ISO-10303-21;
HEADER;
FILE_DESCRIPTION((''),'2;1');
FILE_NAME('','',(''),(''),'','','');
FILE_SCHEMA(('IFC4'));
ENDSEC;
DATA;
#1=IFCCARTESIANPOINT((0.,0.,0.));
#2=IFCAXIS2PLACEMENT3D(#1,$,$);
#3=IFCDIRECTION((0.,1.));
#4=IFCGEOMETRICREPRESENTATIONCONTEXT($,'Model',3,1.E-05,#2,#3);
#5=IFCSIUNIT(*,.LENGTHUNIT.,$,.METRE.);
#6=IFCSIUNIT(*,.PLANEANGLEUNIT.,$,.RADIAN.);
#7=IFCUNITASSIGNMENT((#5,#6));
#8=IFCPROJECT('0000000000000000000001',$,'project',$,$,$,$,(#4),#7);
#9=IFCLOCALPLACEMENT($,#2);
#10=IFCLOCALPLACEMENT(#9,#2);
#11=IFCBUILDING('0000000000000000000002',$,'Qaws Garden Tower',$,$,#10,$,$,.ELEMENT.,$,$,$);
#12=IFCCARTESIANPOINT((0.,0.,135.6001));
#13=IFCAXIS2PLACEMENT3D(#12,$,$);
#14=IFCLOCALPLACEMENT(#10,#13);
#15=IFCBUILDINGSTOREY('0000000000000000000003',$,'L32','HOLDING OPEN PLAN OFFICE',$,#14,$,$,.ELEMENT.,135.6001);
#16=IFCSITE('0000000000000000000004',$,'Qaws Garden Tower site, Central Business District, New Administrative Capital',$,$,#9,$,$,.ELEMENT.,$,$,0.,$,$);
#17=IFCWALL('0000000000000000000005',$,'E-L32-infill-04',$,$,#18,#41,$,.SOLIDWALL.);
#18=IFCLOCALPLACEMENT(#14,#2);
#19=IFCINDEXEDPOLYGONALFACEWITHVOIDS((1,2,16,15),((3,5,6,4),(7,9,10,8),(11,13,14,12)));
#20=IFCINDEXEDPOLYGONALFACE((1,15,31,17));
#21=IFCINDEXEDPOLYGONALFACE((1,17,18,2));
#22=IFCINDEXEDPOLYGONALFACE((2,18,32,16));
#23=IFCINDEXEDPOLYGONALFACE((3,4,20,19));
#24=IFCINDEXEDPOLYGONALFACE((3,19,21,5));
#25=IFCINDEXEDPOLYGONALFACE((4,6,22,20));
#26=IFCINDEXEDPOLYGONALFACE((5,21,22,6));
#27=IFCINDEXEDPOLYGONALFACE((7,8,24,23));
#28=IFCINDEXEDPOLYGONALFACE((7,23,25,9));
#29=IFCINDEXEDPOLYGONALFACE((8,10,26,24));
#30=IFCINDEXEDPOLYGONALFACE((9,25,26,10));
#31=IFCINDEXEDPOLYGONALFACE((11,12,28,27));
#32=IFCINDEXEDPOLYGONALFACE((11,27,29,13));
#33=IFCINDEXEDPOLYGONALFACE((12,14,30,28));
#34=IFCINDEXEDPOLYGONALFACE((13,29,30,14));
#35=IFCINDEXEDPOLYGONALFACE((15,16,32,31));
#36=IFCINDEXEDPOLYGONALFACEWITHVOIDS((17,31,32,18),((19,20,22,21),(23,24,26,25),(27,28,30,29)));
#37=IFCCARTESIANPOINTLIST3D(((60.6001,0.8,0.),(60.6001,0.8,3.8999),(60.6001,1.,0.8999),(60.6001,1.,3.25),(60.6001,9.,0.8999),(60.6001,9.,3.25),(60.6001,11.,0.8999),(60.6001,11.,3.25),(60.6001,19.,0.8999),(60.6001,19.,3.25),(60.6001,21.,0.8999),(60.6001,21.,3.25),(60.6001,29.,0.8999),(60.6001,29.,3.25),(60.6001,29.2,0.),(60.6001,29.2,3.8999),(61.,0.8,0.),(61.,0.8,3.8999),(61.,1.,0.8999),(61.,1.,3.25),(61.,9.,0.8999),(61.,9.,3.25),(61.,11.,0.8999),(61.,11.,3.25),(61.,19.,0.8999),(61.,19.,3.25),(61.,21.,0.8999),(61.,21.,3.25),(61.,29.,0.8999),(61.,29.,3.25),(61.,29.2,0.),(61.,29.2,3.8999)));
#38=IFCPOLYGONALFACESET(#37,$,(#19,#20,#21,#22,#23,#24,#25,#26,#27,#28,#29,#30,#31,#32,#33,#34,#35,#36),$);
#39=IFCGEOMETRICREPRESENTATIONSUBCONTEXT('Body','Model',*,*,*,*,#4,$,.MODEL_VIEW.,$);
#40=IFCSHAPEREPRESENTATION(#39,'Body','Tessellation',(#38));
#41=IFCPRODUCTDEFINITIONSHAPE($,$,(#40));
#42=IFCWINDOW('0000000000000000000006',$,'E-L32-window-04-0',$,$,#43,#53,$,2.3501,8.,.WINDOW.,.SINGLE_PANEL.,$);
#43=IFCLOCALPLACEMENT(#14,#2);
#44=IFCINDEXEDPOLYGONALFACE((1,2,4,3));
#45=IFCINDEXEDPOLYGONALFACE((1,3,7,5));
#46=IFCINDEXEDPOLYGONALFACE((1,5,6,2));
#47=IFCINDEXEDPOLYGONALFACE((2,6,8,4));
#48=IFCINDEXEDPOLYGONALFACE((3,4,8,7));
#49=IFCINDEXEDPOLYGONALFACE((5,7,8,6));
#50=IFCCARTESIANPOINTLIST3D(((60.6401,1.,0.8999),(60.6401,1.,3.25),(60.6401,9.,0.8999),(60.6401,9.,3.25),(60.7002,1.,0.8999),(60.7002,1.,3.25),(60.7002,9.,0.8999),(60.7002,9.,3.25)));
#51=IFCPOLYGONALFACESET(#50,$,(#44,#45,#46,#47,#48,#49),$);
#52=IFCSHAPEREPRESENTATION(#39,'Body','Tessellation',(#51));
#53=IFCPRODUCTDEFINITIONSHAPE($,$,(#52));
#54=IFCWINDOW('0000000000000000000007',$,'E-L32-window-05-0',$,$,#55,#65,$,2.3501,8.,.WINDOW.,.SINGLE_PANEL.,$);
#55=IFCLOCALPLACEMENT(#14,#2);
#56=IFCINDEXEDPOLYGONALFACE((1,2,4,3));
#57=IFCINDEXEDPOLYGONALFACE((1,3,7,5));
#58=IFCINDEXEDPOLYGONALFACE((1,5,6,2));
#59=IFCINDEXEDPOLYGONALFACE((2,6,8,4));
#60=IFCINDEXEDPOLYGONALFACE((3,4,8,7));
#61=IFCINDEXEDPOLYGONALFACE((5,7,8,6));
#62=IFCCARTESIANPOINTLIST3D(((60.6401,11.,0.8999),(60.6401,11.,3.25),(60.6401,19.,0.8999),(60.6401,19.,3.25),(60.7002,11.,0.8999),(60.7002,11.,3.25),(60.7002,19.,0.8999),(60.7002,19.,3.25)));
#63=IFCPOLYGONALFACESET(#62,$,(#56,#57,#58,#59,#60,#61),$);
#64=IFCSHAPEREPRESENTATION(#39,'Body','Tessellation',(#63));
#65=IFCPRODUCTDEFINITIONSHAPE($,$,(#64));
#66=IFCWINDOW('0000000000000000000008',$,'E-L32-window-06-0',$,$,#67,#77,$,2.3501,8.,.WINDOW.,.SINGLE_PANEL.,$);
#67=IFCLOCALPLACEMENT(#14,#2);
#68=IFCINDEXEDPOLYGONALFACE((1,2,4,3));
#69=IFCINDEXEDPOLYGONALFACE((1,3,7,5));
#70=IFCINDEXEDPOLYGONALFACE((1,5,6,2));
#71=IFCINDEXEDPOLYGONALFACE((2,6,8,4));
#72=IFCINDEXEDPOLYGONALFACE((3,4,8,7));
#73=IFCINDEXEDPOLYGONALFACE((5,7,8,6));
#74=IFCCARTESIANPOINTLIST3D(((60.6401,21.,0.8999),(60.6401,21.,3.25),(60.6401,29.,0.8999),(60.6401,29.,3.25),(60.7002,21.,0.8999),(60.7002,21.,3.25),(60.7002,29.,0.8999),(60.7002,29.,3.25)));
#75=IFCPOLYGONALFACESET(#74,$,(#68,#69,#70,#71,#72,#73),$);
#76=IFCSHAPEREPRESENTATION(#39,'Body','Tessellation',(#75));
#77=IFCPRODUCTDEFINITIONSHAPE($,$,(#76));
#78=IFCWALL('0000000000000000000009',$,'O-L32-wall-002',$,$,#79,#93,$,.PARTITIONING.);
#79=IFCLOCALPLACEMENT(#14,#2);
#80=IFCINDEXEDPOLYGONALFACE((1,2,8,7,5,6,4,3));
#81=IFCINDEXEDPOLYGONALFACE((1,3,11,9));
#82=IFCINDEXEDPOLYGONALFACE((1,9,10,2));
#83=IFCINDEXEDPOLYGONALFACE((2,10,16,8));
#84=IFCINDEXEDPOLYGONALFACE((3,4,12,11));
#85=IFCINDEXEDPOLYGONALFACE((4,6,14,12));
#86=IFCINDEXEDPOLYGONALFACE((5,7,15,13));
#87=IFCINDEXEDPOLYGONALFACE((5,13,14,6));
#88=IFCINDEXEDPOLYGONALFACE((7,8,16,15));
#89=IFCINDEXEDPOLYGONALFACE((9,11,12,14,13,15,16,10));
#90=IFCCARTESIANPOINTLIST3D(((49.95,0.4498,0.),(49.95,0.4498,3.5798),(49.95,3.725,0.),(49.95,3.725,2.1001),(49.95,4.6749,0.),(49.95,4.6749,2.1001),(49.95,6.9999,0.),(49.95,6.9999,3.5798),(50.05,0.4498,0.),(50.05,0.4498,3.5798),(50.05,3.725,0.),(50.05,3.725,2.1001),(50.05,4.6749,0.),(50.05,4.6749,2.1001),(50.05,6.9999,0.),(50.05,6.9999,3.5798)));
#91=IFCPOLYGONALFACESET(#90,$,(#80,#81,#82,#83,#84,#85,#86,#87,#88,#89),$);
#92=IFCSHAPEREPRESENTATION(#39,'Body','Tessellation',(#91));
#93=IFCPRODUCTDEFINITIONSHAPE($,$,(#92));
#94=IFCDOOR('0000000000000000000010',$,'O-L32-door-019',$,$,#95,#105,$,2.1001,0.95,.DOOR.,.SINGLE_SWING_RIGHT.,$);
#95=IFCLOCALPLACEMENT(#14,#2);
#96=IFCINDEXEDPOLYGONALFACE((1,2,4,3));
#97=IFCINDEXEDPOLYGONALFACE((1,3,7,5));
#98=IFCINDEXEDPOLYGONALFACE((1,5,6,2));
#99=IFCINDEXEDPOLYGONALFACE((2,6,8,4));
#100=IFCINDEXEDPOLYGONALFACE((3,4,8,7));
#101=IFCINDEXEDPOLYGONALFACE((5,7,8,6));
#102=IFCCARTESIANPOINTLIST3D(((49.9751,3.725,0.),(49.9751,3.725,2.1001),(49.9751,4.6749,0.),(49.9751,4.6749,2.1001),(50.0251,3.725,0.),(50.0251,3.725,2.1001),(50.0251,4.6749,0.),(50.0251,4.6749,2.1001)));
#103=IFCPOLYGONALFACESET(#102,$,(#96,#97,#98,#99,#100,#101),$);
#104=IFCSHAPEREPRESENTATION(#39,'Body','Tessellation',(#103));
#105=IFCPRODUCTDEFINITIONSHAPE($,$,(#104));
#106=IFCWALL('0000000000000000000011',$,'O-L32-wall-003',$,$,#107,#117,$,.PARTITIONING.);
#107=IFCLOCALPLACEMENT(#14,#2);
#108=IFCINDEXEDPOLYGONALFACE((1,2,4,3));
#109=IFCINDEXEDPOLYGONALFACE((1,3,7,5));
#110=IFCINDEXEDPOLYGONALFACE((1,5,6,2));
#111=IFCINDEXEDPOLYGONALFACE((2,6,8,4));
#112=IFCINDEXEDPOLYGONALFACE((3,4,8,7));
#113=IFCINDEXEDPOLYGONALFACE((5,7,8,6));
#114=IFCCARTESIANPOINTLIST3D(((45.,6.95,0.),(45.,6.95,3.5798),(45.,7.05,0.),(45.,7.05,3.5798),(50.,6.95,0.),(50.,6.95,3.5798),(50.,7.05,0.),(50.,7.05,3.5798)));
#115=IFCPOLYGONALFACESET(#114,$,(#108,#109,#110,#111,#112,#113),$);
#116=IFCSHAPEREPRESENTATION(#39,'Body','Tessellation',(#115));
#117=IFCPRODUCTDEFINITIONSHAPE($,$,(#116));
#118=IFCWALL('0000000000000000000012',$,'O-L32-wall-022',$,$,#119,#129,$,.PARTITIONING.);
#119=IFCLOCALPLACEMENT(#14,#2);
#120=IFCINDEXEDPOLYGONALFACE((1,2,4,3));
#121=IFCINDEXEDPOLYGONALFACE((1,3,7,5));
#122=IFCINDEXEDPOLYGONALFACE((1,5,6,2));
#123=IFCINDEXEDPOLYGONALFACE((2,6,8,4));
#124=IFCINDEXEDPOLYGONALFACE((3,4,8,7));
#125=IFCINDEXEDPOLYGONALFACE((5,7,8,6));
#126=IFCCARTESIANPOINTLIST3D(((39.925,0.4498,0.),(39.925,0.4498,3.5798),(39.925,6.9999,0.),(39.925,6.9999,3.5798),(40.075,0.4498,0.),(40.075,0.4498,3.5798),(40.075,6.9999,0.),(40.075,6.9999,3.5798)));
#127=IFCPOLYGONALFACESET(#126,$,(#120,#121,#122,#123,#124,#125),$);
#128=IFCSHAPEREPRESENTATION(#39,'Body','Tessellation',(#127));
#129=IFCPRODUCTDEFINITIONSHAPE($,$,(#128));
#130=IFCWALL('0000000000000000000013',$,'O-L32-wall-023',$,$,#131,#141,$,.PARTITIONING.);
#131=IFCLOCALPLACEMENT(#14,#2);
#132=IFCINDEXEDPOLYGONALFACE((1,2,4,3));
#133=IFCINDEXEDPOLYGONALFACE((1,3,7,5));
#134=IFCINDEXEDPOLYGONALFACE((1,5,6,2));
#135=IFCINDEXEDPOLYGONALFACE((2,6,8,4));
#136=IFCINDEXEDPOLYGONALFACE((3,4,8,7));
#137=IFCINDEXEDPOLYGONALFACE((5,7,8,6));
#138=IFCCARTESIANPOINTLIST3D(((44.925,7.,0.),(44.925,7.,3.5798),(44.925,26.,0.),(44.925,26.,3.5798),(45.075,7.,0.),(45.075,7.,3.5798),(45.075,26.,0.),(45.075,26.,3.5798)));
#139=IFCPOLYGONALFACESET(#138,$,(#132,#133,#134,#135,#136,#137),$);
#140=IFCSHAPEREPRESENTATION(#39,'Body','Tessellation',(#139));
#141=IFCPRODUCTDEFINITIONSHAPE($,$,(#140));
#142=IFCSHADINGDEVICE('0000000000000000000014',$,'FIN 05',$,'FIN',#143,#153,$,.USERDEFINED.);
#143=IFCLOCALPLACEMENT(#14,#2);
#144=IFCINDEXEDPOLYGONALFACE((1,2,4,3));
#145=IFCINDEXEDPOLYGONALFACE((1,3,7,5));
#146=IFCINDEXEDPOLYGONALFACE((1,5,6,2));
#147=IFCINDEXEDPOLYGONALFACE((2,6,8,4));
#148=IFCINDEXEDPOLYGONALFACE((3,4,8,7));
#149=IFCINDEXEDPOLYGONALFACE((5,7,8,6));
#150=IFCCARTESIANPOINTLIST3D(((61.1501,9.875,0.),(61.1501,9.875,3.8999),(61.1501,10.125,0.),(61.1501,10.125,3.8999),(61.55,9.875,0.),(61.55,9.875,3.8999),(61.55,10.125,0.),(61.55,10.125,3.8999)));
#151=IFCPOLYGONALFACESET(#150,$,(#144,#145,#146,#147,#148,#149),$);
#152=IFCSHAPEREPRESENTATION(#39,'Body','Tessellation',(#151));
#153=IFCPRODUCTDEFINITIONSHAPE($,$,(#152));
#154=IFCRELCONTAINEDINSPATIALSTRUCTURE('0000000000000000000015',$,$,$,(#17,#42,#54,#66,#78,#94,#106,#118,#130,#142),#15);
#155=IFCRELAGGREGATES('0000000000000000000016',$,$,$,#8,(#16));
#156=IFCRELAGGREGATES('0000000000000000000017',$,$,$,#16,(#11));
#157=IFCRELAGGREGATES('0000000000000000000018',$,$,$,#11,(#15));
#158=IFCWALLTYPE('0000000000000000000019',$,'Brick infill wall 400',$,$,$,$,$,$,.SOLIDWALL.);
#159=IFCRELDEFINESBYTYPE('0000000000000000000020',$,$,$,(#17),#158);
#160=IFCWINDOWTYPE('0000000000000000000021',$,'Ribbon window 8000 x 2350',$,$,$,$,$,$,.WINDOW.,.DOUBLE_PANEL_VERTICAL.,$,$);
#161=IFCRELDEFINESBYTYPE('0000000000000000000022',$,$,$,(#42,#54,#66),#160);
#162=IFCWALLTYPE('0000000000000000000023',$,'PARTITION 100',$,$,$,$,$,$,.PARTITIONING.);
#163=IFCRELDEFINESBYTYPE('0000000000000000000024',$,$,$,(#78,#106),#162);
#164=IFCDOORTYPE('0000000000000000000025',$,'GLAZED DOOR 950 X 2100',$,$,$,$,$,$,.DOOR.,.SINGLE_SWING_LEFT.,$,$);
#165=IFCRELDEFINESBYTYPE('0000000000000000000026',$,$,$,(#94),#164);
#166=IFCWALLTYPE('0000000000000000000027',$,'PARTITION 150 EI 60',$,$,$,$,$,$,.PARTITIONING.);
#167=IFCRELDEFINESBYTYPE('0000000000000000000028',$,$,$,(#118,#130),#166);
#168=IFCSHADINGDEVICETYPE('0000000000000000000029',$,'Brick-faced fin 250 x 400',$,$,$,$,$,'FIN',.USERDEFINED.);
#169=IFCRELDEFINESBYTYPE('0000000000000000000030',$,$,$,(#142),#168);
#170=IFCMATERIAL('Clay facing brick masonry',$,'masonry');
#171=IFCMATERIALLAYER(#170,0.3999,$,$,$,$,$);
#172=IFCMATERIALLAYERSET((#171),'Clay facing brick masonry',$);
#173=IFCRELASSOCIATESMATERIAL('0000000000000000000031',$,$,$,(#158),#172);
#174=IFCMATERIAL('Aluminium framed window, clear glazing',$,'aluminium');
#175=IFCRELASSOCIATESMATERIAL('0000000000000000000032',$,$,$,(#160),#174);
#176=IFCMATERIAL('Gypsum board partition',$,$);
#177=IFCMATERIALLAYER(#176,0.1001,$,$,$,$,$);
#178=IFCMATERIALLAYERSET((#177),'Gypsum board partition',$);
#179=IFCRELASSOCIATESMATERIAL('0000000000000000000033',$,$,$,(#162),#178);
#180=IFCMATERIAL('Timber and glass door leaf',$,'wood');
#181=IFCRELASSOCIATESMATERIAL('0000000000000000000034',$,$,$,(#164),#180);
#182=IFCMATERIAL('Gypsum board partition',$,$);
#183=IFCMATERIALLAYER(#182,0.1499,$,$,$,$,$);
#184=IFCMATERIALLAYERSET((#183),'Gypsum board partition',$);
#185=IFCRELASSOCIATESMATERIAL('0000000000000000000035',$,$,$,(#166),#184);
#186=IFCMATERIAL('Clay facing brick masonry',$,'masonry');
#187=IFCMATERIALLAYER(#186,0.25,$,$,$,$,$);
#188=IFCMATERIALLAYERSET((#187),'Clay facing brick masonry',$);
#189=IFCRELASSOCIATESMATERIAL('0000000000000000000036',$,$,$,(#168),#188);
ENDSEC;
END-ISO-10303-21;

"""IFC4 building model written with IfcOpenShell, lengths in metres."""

from ifc_helpers import new_model, si_unit, direction, frame, frame_2d, origin, origin_2d, place, context, subcontext, project, spatial, rectangle, extrude, material, layer, layer_set, type_object, element, fill, save


model = new_model("IFC4")

# Units and contexts
model_context = context("Model", 3, precision=1e-05, world=origin(), true_north=direction((0.0, 1.0)))
body_context = subcontext(model_context, "Body", "Model", "MODEL_VIEW")
ifc_project = project(units=[si_unit("LENGTHUNIT", "METRE"), si_unit("PLANEANGLEUNIT", "RADIAN")], contexts=[model_context])

# Site, building, storey
site_placement = place(None, origin())
site = spatial("IfcSite", under=ifc_project, at=site_placement, Name="Qaws Garden Tower site, Central Business District, New Administrative Capital", CompositionType="ELEMENT", RefElevation=0.0)
building_placement = place(site_placement, origin())
building = spatial("IfcBuilding", under=site, at=building_placement, Name="Qaws Garden Tower", CompositionType="ELEMENT")
storey_placement = place(building_placement, frame((0.0, 0.0, 135.6001)))
storey = spatial("IfcBuildingStorey", under=building, at=storey_placement, Name="L32", Description="HOLDING OPEN PLAN OFFICE", CompositionType="ELEMENT", Elevation=135.6001)

# Wall, openings, windows
ifc_material_1 = material(Name="Clay facing brick masonry", Category="masonry")
ifc_layer_1 = layer(ifc_material_1, 0.3999)
ifc_layer_set_1 = layer_set([ifc_layer_1], Name="Clay facing brick masonry")
wall_type_1 = type_object("IfcWallType", Name="Brick infill wall 400", PredefinedType="SOLIDWALL", material=ifc_layer_set_1)
wall_1_placement = place(storey_placement, frame((60.8, 0.8, 0.0), z_axis=(0.0, 0.0, 1.0), x_axis=(0.0, 1.0, 0.0)))
wall_1 = element("IfcWall", 1, at=wall_1_placement, inside=storey, type_object=wall_type_1, Name="E-L32-infill-04", PredefinedType="SOLIDWALL", context=body_context, shape_type="SweptSolid", body=[
    extrude(rectangle(XDim=28.3999, YDim=0.3999, at=frame_2d((14.2, 0.0))), origin(), (0.0, 0.0, 1.0), 3.8999),
])
opening_1_placement = place(wall_1_placement, frame((0.2, 0.0, 0.8999)))
opening_1 = element("IfcOpeningElement", 2, at=opening_1_placement, cuts=wall_1, PredefinedType="OPENING", context=body_context, shape_type="SweptSolid", body=[
    extrude(rectangle(XDim=8.0, YDim=2.3501, at=frame_2d((4.0, 1.175))), frame((0.0, 0.21, 0.0), z_axis=(0.0, -1.0, 0.0), x_axis=(1.0, 0.0, 0.0)), (0.0, 0.0, 1.0), 0.4199),
])
opening_2_placement = place(wall_1_placement, frame((10.2, 0.0, 0.8999)))
opening_2 = element("IfcOpeningElement", 3, at=opening_2_placement, cuts=wall_1, PredefinedType="OPENING", context=body_context, shape_type="SweptSolid", body=[
    extrude(rectangle(XDim=8.0, YDim=2.3501, at=frame_2d((4.0, 1.175))), frame((0.0, 0.21, 0.0), z_axis=(0.0, -1.0, 0.0), x_axis=(1.0, 0.0, 0.0)), (0.0, 0.0, 1.0), 0.4199),
])
opening_3_placement = place(wall_1_placement, frame((20.2, 0.0, 0.8999)))
opening_3 = element("IfcOpeningElement", 4, at=opening_3_placement, cuts=wall_1, PredefinedType="OPENING", context=body_context, shape_type="SweptSolid", body=[
    extrude(rectangle(XDim=8.0, YDim=2.3501, at=frame_2d((4.0, 1.175))), frame((0.0, 0.21, 0.0), z_axis=(0.0, -1.0, 0.0), x_axis=(1.0, 0.0, 0.0)), (0.0, 0.0, 1.0), 0.4199),
])
ifc_material_2 = material(Name="Aluminium framed window, clear glazing", Category="aluminium")
window_type = type_object("IfcWindowType", Name="Ribbon window 8000 x 2350", PartitioningType="DOUBLE_PANEL_VERTICAL", PredefinedType="WINDOW", material=ifc_material_2)
window_1_placement = place(opening_1_placement, origin())
window_1 = element("IfcWindow", 5, at=window_1_placement, inside=storey, type_object=window_type, Name="E-L32-window-04-0", OverallHeight=2.3501, OverallWidth=8.0, PartitioningType="SINGLE_PANEL", PredefinedType="WINDOW", context=body_context, shape_type="SweptSolid", body=[
    extrude(rectangle(XDim=8.0, YDim=2.3501, at=frame_2d((4.0, 1.175))), frame((0.0, 0.1599, 0.0), z_axis=(0.0, -1.0, 0.0), x_axis=(1.0, 0.0, 0.0)), (0.0, 0.0, 1.0), 0.0601),
])
fill(opening_1, window_1)
window_2_placement = place(opening_2_placement, origin())
window_2 = element("IfcWindow", 6, at=window_2_placement, inside=storey, type_object=window_type, Name="E-L32-window-05-0", OverallHeight=2.3501, OverallWidth=8.0, PartitioningType="SINGLE_PANEL", PredefinedType="WINDOW", context=body_context, shape_type="SweptSolid", body=[
    extrude(rectangle(XDim=8.0, YDim=2.3501, at=frame_2d((4.0, 1.175))), frame((0.0, 0.1599, 0.0), z_axis=(0.0, -1.0, 0.0), x_axis=(1.0, 0.0, 0.0)), (0.0, 0.0, 1.0), 0.0601),
])
fill(opening_2, window_2)
window_3_placement = place(opening_3_placement, origin())
window_3 = element("IfcWindow", 7, at=window_3_placement, inside=storey, type_object=window_type, Name="E-L32-window-06-0", OverallHeight=2.3501, OverallWidth=8.0, PartitioningType="SINGLE_PANEL", PredefinedType="WINDOW", context=body_context, shape_type="SweptSolid", body=[
    extrude(rectangle(XDim=8.0, YDim=2.3501, at=frame_2d((4.0, 1.175))), frame((0.0, 0.1599, 0.0), z_axis=(0.0, -1.0, 0.0), x_axis=(1.0, 0.0, 0.0)), (0.0, 0.0, 1.0), 0.0601),
])
fill(opening_3, window_3)

# Wall, opening, door
ifc_material_3 = material(Name="Gypsum board partition")
ifc_layer_2 = layer(ifc_material_3, 0.1001)
ifc_layer_set_2 = layer_set([ifc_layer_2], Name="Gypsum board partition")
wall_type_2 = type_object("IfcWallType", Name="PARTITION 100", PredefinedType="PARTITIONING", material=ifc_layer_set_2)
wall_2_placement = place(storey_placement, frame((50.0, 0.45, 0.0), z_axis=(0.0, 0.0, 1.0), x_axis=(0.0, 1.0, 0.0)))
wall_2 = element("IfcWall", 8, at=wall_2_placement, inside=storey, type_object=wall_type_2, Name="O-L32-wall-002", PredefinedType="PARTITIONING", context=body_context, shape_type="SweptSolid", body=[
    extrude(rectangle(XDim=6.55, YDim=0.1001, at=frame_2d((3.2749, 0.0))), origin(), (0.0, 0.0, 1.0), 3.5798),
])
opening_4_placement = place(wall_2_placement, frame((3.2749, 0.0, 0.0)))
opening_4 = element("IfcOpeningElement", 9, at=opening_4_placement, cuts=wall_2, PredefinedType="OPENING", context=body_context, shape_type="SweptSolid", body=[
    extrude(rectangle(XDim=0.95, YDim=2.1001, at=frame_2d((0.4751, 1.05))), frame((0.0, 0.0601, 0.0), z_axis=(0.0, -1.0, 0.0), x_axis=(1.0, 0.0, 0.0)), (0.0, 0.0, 1.0), 0.1201),
])
ifc_material_4 = material(Name="Timber and glass door leaf", Category="wood")
door_type = type_object("IfcDoorType", Name="GLAZED DOOR 950 X 2100", OperationType="SINGLE_SWING_LEFT", PredefinedType="DOOR", material=ifc_material_4)
door_placement = place(opening_4_placement, origin())
door = element("IfcDoor", 10, at=door_placement, inside=storey, type_object=door_type, Name="O-L32-door-019", OperationType="SINGLE_SWING_RIGHT", OverallHeight=2.1001, OverallWidth=0.95, PredefinedType="DOOR", context=body_context, shape_type="SweptSolid", body=[
    extrude(rectangle(XDim=0.95, YDim=2.1001, at=frame_2d((0.4751, 1.05))), frame((0.0, 0.0249, 0.0), z_axis=(0.0, -1.0, 0.0), x_axis=(1.0, 0.0, 0.0)), (0.0, 0.0, 1.0), 0.05),
])
fill(opening_4, door)

# Walls
wall_3_placement = place(storey_placement, frame((45.0, 7.0, 0.0), z_axis=(0.0, 0.0, 1.0), x_axis=(1.0, 0.0, 0.0)))
element("IfcWall", 11, at=wall_3_placement, inside=storey, type_object=wall_type_2, Name="O-L32-wall-003", PredefinedType="PARTITIONING", context=body_context, shape_type="SweptSolid", body=[
    extrude(rectangle(XDim=5.0, YDim=0.1001, at=frame_2d((2.5, 0.0))), origin(), (0.0, 0.0, 1.0), 3.5798),
])
ifc_material_5 = material(Name="Gypsum board partition")
ifc_layer_3 = layer(ifc_material_5, 0.1499)
ifc_layer_set_3 = layer_set([ifc_layer_3], Name="Gypsum board partition")
wall_type_3 = type_object("IfcWallType", Name="PARTITION 150 EI 60", PredefinedType="PARTITIONING", material=ifc_layer_set_3)
wall_4_placement = place(storey_placement, frame((40.0, 0.45, 0.0), z_axis=(0.0, 0.0, 1.0), x_axis=(0.0, 1.0, 0.0)))
element("IfcWall", 12, at=wall_4_placement, inside=storey, type_object=wall_type_3, Name="O-L32-wall-022", PredefinedType="PARTITIONING", context=body_context, shape_type="SweptSolid", body=[
    extrude(rectangle(XDim=6.55, YDim=0.1499, at=frame_2d((3.2749, 0.0))), origin(), (0.0, 0.0, 1.0), 3.5798),
])
wall_5_placement = place(storey_placement, frame((45.0, 7.0, 0.0), z_axis=(0.0, 0.0, 1.0), x_axis=(0.0, 1.0, 0.0)))
element("IfcWall", 13, at=wall_5_placement, inside=storey, type_object=wall_type_3, Name="O-L32-wall-023", PredefinedType="PARTITIONING", context=body_context, shape_type="SweptSolid", body=[
    extrude(rectangle(XDim=19.0, YDim=0.1499, at=frame_2d((9.5, 0.0))), origin(), (0.0, 0.0, 1.0), 3.5798),
])

# Shading device
ifc_material_6 = material(Name="Clay facing brick masonry", Category="masonry")
ifc_layer_4 = layer(ifc_material_6, 0.25)
ifc_layer_set_4 = layer_set([ifc_layer_4], Name="Clay facing brick masonry")
shading_device_type = type_object("IfcShadingDeviceType", Name="Brick-faced fin 250 x 400", ElementType="FIN", PredefinedType="USERDEFINED", material=ifc_layer_set_4)
shading_device_placement = place(storey_placement, frame((61.3501, 10.0, 0.0), z_axis=(0.0, 0.0, 1.0), x_axis=(0.0, 1.0, 0.0)))
element("IfcShadingDevice", 14, at=shading_device_placement, inside=storey, type_object=shading_device_type, Name="FIN 05", ObjectType="FIN", PredefinedType="USERDEFINED", context=body_context, shape_type="SweptSolid", body=[
    extrude(rectangle(XDim=0.25, YDim=0.3999, at=origin_2d()), origin(), (0.0, 0.0, 1.0), 3.8999),
])

save(model, "model.ifc")
